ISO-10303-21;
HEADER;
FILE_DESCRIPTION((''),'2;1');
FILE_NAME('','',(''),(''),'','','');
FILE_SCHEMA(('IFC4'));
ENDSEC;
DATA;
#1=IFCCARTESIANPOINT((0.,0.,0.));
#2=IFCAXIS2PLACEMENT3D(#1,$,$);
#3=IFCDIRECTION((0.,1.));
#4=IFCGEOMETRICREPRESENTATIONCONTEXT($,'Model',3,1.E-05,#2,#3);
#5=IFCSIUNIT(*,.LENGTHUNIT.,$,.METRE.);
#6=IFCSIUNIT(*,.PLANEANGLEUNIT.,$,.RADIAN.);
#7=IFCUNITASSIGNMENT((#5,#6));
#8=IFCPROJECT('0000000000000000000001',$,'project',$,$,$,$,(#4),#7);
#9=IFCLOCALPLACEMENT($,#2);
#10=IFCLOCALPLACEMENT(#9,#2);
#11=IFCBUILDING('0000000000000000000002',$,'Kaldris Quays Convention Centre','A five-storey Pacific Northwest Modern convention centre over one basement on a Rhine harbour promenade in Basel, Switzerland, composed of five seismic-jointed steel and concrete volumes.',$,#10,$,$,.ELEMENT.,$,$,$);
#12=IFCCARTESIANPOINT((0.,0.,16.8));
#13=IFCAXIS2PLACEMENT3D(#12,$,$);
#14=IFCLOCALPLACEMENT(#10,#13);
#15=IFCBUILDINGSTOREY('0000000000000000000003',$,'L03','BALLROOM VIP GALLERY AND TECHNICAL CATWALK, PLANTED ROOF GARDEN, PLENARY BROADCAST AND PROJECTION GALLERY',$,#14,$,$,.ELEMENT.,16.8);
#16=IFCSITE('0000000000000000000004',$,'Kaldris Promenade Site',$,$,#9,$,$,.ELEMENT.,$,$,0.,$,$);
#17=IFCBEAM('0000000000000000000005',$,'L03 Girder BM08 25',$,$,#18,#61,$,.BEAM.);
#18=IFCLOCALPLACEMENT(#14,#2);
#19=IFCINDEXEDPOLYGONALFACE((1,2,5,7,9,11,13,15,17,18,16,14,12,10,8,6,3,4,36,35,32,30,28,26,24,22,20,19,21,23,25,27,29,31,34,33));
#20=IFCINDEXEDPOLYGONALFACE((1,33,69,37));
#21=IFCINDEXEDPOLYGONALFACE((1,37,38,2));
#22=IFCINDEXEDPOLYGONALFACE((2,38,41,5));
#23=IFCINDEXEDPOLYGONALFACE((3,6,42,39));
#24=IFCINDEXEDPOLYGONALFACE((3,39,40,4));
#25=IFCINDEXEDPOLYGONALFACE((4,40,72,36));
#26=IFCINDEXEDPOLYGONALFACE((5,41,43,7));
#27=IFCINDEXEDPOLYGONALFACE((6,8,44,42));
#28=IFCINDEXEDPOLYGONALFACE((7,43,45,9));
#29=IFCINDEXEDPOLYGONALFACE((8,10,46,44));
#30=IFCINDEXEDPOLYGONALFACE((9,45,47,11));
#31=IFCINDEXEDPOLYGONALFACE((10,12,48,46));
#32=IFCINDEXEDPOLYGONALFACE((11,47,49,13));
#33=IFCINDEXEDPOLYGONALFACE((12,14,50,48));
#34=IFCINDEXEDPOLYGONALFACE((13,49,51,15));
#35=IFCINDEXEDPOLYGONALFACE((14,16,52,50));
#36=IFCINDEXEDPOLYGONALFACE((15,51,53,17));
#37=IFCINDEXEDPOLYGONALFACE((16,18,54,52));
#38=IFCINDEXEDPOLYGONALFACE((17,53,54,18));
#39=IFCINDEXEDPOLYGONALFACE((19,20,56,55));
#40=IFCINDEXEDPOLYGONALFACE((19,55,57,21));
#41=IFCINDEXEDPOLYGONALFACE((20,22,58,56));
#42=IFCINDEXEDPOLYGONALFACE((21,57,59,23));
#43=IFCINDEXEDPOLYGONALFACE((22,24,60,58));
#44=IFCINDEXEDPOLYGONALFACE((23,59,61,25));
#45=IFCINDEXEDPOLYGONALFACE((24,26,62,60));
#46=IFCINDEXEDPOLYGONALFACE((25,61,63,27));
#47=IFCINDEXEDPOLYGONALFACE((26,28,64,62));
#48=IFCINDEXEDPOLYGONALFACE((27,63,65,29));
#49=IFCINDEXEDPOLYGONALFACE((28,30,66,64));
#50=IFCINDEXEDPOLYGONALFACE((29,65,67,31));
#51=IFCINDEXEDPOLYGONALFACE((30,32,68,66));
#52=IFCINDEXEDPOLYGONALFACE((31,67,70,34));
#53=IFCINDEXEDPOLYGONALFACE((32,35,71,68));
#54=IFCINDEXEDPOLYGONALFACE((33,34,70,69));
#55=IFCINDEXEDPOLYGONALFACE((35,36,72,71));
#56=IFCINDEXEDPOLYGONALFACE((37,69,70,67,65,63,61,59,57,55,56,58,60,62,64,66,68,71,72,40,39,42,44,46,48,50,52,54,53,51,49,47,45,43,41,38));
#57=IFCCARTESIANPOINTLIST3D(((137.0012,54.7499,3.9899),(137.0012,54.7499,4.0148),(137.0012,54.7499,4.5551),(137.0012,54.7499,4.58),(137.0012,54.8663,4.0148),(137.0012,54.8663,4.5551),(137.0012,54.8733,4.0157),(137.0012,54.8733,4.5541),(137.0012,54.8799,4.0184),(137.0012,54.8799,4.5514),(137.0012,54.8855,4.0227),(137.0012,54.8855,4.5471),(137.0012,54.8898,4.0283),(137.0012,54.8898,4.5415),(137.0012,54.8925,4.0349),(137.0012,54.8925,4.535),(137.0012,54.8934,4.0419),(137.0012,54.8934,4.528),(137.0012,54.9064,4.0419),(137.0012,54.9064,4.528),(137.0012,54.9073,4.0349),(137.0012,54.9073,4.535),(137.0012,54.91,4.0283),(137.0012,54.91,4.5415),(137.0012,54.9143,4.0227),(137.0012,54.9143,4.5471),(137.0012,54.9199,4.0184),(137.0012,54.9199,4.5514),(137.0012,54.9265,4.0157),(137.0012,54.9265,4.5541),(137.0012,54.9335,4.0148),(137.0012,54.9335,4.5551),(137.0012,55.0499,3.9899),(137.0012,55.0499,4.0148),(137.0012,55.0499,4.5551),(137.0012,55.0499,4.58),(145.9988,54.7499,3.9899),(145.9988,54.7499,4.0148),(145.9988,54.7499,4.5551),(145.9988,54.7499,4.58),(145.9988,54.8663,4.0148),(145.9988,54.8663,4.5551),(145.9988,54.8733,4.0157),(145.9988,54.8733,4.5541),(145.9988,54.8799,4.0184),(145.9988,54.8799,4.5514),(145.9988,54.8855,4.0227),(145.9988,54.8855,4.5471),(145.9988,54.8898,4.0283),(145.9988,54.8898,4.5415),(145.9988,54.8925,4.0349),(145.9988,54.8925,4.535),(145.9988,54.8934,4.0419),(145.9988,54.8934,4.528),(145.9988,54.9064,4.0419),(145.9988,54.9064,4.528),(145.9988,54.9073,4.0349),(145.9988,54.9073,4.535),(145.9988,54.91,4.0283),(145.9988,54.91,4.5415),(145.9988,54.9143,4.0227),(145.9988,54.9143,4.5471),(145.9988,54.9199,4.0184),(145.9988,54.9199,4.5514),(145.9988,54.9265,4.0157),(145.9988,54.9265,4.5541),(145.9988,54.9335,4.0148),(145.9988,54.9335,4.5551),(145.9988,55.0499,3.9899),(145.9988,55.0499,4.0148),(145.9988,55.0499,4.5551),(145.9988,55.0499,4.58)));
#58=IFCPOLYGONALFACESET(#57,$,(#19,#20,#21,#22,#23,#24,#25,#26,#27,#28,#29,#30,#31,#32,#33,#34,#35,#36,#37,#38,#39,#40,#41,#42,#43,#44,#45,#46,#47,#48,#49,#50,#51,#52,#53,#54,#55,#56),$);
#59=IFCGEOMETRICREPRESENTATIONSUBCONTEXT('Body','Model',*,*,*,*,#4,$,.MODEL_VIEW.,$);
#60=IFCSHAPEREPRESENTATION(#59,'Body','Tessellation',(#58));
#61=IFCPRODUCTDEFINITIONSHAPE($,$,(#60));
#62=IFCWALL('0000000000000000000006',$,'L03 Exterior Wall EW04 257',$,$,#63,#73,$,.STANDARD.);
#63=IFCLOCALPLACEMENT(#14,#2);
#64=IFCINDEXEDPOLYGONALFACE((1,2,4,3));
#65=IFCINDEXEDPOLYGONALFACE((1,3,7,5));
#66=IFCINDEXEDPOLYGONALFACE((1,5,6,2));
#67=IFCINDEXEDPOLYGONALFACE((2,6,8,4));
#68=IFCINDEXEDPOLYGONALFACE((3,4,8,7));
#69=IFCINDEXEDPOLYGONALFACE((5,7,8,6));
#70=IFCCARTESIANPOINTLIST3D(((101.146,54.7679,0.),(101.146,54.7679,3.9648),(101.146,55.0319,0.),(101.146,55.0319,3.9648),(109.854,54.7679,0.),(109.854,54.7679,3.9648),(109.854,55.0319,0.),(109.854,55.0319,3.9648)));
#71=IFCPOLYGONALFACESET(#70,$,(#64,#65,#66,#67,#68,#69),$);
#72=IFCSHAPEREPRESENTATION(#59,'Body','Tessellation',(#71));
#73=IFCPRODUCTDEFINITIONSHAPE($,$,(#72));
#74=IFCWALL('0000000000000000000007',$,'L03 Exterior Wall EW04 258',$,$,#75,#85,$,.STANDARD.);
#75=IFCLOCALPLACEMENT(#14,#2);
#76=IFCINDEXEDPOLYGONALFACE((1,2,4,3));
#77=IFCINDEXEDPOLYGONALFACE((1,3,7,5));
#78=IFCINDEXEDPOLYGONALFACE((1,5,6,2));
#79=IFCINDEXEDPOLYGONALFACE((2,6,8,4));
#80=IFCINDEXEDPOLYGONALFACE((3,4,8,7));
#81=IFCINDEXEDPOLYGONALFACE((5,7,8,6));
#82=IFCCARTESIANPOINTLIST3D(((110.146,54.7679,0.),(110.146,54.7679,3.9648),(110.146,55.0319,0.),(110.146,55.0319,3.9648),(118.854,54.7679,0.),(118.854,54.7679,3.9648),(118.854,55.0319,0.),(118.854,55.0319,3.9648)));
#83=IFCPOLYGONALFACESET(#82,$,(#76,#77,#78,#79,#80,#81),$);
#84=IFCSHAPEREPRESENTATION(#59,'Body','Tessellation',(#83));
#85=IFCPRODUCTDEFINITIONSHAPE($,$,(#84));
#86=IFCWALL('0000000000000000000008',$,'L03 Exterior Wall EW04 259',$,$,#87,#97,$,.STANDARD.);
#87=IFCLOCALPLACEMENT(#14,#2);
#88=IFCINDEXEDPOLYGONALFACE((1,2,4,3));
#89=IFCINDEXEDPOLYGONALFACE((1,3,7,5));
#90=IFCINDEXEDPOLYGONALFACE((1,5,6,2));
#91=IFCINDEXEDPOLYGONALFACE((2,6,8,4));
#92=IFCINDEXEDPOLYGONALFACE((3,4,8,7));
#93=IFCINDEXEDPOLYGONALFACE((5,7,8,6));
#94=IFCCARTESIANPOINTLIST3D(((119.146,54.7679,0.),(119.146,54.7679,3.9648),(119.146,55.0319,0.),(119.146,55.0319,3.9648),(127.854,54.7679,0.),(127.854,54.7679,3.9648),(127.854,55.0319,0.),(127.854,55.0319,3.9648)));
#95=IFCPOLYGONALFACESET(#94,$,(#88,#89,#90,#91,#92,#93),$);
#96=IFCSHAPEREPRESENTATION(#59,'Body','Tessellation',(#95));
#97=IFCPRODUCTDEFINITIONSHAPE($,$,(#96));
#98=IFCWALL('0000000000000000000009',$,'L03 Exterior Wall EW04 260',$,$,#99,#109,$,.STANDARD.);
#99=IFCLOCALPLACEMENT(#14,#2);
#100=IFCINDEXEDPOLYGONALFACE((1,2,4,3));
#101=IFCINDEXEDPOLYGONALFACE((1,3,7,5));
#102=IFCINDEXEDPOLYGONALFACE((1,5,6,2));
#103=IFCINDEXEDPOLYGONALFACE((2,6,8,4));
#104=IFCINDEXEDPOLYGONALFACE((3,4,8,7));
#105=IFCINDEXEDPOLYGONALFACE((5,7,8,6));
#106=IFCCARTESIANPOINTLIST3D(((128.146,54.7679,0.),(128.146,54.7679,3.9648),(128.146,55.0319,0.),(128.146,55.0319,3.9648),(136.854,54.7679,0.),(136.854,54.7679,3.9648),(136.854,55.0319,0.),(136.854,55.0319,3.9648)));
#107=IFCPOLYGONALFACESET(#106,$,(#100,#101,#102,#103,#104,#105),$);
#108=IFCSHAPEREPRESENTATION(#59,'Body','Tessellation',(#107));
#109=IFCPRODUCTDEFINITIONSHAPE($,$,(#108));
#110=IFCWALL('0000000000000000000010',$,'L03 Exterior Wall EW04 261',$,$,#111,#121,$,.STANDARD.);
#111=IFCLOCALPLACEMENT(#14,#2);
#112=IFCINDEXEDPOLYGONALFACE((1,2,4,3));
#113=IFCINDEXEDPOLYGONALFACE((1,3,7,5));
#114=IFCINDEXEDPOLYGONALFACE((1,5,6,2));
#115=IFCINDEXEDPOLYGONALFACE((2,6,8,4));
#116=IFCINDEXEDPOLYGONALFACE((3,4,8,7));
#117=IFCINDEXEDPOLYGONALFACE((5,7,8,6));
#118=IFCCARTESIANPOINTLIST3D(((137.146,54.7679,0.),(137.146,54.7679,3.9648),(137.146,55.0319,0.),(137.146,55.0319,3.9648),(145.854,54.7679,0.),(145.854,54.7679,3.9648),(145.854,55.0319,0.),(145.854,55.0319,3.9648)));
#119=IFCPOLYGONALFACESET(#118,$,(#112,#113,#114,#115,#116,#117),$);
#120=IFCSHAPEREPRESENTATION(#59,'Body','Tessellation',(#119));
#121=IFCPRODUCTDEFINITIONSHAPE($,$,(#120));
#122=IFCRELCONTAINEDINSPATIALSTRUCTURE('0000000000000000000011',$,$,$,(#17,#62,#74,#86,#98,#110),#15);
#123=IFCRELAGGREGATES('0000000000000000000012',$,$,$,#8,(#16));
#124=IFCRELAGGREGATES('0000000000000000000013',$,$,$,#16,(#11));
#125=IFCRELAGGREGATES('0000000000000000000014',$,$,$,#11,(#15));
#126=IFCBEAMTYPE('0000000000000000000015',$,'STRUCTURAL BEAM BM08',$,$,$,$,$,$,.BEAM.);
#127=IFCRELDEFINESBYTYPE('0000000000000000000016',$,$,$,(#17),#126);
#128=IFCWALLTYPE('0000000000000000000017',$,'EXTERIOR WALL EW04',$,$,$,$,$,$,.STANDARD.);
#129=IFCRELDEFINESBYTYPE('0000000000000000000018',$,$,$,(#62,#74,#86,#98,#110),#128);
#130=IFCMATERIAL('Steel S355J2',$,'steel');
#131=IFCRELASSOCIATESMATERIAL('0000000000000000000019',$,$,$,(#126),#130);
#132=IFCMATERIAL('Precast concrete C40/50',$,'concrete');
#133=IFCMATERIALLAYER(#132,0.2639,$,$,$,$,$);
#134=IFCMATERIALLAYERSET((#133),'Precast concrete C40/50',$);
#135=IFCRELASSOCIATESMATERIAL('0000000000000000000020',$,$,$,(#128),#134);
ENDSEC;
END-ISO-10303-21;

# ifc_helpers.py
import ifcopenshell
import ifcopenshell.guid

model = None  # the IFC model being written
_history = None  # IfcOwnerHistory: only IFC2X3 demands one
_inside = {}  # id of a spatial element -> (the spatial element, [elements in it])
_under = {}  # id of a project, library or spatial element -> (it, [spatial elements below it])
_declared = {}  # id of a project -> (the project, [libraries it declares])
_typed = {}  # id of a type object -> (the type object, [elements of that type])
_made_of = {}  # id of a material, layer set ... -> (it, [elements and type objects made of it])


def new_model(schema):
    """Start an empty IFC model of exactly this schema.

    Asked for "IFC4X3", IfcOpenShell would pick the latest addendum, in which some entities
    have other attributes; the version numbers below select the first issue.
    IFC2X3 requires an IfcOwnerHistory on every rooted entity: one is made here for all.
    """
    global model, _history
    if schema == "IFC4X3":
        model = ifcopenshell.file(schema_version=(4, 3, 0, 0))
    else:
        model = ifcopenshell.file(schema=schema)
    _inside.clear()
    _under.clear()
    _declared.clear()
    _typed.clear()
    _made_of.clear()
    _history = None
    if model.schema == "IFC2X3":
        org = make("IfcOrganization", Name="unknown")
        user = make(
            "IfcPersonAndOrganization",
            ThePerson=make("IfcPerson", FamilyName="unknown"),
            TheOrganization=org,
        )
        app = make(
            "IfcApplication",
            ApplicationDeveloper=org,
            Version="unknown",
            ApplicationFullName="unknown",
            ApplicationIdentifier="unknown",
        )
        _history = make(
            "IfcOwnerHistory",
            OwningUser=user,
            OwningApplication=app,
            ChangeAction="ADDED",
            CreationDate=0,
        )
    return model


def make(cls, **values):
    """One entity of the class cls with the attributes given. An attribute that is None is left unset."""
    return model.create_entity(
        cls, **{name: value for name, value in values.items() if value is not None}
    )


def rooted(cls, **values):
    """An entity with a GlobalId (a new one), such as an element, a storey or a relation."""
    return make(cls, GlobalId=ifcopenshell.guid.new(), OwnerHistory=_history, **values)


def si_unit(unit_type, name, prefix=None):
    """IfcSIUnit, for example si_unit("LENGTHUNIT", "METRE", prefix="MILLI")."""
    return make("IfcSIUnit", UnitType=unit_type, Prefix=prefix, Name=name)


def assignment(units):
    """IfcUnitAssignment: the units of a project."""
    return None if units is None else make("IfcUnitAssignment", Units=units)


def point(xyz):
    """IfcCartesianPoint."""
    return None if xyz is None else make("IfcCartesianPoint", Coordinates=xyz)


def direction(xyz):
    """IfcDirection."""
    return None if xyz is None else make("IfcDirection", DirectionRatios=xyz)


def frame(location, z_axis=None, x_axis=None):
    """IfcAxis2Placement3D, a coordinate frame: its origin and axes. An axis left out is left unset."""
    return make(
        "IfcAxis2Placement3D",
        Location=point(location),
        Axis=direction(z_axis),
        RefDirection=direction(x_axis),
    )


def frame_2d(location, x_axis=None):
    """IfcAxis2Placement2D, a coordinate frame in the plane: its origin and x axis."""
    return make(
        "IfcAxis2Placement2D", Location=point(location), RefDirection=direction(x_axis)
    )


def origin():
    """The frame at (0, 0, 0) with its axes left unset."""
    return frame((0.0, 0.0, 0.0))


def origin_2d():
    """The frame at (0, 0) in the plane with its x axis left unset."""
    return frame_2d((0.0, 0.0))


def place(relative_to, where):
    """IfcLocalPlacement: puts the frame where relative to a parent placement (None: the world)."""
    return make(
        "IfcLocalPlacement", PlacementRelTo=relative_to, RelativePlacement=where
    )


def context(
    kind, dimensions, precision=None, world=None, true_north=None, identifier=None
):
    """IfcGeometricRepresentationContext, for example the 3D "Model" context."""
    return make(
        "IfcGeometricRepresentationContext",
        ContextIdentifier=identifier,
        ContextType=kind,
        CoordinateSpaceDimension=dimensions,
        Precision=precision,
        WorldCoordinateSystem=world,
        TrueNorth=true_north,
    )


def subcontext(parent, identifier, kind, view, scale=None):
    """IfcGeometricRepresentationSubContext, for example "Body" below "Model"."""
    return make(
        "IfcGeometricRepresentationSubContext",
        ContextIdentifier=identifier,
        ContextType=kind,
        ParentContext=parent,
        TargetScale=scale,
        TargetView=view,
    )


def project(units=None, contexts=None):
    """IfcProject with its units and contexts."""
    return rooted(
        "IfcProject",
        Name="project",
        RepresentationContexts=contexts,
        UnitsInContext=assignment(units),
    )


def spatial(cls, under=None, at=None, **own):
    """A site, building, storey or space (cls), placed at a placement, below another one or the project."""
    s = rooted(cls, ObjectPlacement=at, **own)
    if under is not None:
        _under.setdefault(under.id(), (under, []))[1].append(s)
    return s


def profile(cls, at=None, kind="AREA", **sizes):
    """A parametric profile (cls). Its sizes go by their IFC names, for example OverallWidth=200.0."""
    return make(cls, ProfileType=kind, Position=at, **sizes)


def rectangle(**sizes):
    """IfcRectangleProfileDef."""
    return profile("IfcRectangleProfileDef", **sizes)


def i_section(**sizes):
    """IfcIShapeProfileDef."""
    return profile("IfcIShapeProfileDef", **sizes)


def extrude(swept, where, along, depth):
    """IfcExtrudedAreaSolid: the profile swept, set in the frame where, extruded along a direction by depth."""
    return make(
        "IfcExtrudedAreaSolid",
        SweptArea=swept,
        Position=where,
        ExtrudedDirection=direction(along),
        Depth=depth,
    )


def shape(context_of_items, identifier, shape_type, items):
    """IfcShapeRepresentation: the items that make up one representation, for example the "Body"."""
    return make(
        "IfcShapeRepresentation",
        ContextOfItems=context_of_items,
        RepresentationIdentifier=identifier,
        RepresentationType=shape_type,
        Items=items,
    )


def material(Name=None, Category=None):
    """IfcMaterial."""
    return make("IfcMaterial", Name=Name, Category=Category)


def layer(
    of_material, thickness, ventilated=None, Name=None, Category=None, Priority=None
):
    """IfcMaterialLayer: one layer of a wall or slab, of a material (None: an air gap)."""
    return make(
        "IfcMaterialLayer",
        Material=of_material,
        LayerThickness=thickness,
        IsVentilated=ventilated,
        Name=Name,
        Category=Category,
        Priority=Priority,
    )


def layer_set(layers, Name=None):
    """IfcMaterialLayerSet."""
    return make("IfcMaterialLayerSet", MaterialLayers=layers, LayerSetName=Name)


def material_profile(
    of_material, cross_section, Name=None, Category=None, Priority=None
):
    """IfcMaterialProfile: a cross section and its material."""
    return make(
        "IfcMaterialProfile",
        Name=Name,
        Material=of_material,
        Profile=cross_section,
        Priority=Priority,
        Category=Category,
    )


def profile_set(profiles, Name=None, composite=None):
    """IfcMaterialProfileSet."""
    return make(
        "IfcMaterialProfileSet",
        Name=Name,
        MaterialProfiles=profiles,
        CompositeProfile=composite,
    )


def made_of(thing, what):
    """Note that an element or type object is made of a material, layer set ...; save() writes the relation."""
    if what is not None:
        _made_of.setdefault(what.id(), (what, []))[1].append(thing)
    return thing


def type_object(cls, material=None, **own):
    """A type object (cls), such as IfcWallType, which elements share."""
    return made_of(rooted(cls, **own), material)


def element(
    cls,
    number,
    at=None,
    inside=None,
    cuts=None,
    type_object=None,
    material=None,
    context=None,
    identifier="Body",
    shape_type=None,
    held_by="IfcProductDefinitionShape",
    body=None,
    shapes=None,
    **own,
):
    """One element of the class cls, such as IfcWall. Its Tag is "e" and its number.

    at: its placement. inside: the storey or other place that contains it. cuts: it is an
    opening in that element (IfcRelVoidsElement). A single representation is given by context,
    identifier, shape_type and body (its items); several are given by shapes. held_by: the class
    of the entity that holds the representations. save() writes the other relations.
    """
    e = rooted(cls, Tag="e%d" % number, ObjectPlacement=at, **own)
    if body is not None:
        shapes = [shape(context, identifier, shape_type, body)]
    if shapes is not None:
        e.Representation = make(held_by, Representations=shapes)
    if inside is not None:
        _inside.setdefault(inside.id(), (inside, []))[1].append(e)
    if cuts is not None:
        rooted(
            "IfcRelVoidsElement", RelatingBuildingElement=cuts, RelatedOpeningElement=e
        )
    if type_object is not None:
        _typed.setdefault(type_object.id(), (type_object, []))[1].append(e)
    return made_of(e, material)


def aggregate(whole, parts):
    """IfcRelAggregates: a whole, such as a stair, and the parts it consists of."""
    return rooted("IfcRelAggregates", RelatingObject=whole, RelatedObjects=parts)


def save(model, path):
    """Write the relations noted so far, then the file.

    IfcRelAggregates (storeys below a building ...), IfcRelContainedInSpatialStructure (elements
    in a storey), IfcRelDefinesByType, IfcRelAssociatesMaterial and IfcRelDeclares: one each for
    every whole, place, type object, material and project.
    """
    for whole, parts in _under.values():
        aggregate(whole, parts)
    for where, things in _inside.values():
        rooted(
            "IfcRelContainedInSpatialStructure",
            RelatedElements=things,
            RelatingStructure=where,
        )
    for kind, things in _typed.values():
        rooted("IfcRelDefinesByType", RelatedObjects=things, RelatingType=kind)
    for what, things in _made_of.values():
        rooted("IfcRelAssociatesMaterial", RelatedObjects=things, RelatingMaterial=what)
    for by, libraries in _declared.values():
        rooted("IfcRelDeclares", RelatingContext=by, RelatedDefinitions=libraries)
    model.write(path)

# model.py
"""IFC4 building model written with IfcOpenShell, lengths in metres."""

from ifc_helpers import new_model, si_unit, direction, frame, frame_2d, origin, origin_2d, place, context, subcontext, project, spatial, rectangle, i_section, extrude, material, layer, layer_set, material_profile, profile_set, type_object, element, save


model = new_model("IFC4")

# Units and contexts
model_context = context("Model", 3, precision=1e-05, world=origin(), true_north=direction((0.0, 1.0)))
body_context = subcontext(model_context, "Body", "Model", "MODEL_VIEW")
ifc_project = project(units=[si_unit("LENGTHUNIT", "METRE"), si_unit("PLANEANGLEUNIT", "RADIAN")], contexts=[model_context])

# Site, building, storey
site_placement = place(None, origin())
site = spatial("IfcSite", under=ifc_project, at=site_placement, Name="Kaldris Promenade Site", CompositionType="ELEMENT", RefElevation=0.0)
building_placement = place(site_placement, origin())
building = spatial("IfcBuilding", under=site, at=building_placement, Name="Kaldris Quays Convention Centre", Description="A five-storey Pacific Northwest Modern convention centre over one basement on a Rhine harbour promenade in Basel, Switzerland, composed of five seismic-jointed steel and concrete volumes.", CompositionType="ELEMENT")
storey_placement = place(building_placement, frame((0.0, 0.0, 16.8)))
storey = spatial("IfcBuildingStorey", under=building, at=storey_placement, Name="L03", Description="BALLROOM VIP GALLERY AND TECHNICAL CATWALK, PLANTED ROOF GARDEN, PLENARY BROADCAST AND PROJECTION GALLERY", CompositionType="ELEMENT", Elevation=16.8)

# Shared definitions
ifc_material_1 = material(Name="Steel S355J2", Category="steel")

# Beam
ifc_material_profile_1 = material_profile(ifc_material_1, i_section(OverallWidth=0.3, OverallDepth=0.5901, WebThickness=0.0129, FlangeThickness=0.0249, FilletRadius=0.0271, at=origin_2d()), Name="HEA 600")
ifc_profile_set_1 = profile_set([ifc_material_profile_1], Name="Steel S355J2")
beam_type = type_object("IfcBeamType", Name="STRUCTURAL BEAM BM08", PredefinedType="BEAM", material=ifc_profile_set_1)
for number, where, z_axis, x_axis, name in (
    (1, (137.0012, 54.8999, 4.2849), (1.0, 0.0, 0.0), (0.0, 1.0, 0.0), "L03 Girder BM08 25"),
):
    element("IfcBeam", number, at=place(storey_placement, frame(where, z_axis=z_axis, x_axis=x_axis)), inside=storey, type_object=beam_type, Name=name, PredefinedType="BEAM", context=body_context, shape_type="SweptSolid", body=[
        extrude(i_section(OverallWidth=0.3, OverallDepth=0.5901, WebThickness=0.0129, FlangeThickness=0.0249, FilletRadius=0.0271, at=origin_2d()), origin(), (0.0, 0.0, 1.0), 8.9976),
    ])

# Walls
ifc_material_2 = material(Name="Precast concrete C40/50", Category="concrete")
ifc_layer = layer(ifc_material_2, 0.2639)
ifc_layer_set = layer_set([ifc_layer], Name="Precast concrete C40/50")
wall_type = type_object("IfcWallType", Name="EXTERIOR WALL EW04", PredefinedType="STANDARD", material=ifc_layer_set)
for number, where, z_axis, x_axis, name in (
    (2, (101.146, 54.8999, 0.0), (0.0, 0.0, 1.0), (1.0, 0.0, 0.0), "L03 Exterior Wall EW04 257"),
    (3, (110.146, 54.8999, 0.0), (0.0, 0.0, 1.0), (1.0, 0.0, 0.0), "L03 Exterior Wall EW04 258"),
    (4, (119.146, 54.8999, 0.0), (0.0, 0.0, 1.0), (1.0, 0.0, 0.0), "L03 Exterior Wall EW04 259"),
    (5, (128.146, 54.8999, 0.0), (0.0, 0.0, 1.0), (1.0, 0.0, 0.0), "L03 Exterior Wall EW04 260"),
    (6, (137.146, 54.8999, 0.0), (0.0, 0.0, 1.0), (1.0, 0.0, 0.0), "L03 Exterior Wall EW04 261"),
):
    element("IfcWall", number, at=place(storey_placement, frame(where, z_axis=z_axis, x_axis=x_axis)), inside=storey, type_object=wall_type, Name=name, PredefinedType="STANDARD", context=body_context, shape_type="SweptSolid", body=[
        extrude(rectangle(XDim=8.708, YDim=0.2639, at=frame_2d((4.354, 0.0))), origin(), (0.0, 0.0, 1.0), 3.9648),
    ])

save(model, "model.ifc")
